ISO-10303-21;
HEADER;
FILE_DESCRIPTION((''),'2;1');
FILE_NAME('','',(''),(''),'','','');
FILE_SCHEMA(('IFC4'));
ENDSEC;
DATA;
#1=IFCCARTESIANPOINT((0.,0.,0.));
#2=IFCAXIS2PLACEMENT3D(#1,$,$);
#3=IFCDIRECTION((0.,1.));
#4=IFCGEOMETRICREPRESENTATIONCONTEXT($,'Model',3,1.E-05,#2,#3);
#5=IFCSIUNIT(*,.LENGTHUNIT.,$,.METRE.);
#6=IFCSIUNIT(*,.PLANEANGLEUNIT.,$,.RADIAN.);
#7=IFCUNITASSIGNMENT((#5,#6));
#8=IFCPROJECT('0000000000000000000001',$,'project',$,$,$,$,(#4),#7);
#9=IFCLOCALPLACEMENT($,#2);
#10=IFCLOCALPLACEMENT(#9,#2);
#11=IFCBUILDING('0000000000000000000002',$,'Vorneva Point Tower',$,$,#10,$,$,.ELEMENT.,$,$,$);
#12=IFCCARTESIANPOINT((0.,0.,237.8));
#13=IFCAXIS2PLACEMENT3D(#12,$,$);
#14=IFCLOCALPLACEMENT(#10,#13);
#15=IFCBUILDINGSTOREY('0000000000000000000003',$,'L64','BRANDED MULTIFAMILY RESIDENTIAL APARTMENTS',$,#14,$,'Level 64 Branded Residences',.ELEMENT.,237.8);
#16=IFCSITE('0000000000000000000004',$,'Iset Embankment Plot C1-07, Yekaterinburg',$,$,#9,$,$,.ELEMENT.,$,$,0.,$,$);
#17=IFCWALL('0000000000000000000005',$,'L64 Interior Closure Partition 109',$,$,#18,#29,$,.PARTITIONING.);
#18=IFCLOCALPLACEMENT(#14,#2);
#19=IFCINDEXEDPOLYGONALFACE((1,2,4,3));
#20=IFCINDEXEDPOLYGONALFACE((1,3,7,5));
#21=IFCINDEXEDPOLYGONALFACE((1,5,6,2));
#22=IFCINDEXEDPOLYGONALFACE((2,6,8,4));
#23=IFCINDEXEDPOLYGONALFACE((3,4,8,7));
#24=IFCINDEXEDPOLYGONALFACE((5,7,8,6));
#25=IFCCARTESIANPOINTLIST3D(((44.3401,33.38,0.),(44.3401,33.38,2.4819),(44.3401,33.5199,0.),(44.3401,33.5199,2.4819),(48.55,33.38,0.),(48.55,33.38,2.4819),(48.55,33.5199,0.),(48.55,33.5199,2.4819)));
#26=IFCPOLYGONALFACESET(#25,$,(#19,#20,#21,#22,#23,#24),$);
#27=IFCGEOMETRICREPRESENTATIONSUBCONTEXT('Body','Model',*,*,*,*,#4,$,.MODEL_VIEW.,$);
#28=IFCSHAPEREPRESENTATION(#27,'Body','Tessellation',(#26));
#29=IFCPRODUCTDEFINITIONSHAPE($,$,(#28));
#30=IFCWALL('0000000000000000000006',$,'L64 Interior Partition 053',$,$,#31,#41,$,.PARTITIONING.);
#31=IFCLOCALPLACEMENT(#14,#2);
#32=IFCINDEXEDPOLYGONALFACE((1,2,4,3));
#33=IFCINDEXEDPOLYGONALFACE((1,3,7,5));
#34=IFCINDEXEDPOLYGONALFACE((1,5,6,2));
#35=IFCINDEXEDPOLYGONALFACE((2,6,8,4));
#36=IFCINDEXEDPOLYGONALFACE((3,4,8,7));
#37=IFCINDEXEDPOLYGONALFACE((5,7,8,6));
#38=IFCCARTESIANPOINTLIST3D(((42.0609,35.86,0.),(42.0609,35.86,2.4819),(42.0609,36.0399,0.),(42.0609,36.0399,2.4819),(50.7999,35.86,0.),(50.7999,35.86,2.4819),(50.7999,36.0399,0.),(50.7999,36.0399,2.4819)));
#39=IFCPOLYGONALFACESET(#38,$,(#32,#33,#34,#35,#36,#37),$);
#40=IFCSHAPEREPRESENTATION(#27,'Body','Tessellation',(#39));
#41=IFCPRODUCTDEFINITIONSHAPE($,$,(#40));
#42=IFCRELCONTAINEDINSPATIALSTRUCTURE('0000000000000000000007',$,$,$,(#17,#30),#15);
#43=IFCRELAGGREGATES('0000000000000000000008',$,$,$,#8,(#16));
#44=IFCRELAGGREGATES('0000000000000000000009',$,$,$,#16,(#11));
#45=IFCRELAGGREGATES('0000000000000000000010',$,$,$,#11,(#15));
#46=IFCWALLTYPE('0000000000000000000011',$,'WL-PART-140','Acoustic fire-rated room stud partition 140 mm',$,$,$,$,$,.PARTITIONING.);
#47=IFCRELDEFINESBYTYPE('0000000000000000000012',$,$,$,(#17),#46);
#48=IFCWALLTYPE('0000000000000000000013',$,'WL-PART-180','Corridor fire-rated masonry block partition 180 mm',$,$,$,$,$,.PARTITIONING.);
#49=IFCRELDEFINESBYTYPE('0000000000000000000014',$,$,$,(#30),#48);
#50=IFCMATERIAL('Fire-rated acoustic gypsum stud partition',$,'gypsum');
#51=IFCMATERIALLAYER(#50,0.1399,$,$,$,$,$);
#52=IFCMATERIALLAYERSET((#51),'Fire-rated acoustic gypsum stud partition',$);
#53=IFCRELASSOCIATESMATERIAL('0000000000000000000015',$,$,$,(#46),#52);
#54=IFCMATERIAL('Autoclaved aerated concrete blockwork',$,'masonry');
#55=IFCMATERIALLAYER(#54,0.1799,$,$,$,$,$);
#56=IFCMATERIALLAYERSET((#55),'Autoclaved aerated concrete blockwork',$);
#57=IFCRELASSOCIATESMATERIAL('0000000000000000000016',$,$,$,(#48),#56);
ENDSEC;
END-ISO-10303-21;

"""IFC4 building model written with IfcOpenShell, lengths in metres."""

from ifc_helpers import new_model, si_unit, direction, frame, frame_2d, origin, place, context, subcontext, project, spatial, rectangle, extrude, material, layer, layer_set, type_object, element, save


model = new_model("IFC4")

# Units and contexts
model_context = context("Model", 3, precision=1e-05, world=origin(), true_north=direction((0.0, 1.0)))
body_context = subcontext(model_context, "Body", "Model", "MODEL_VIEW")
ifc_project = project(units=[si_unit("LENGTHUNIT", "METRE"), si_unit("PLANEANGLEUNIT", "RADIAN")], contexts=[model_context])

# Site, building, storey
site_placement = place(None, origin())
site = spatial("IfcSite", under=ifc_project, at=site_placement, Name="Iset Embankment Plot C1-07, Yekaterinburg", CompositionType="ELEMENT", RefElevation=0.0)
building_placement = place(site_placement, origin())
building = spatial("IfcBuilding", under=site, at=building_placement, Name="Vorneva Point Tower", CompositionType="ELEMENT")
storey_placement = place(building_placement, frame((0.0, 0.0, 237.8)))
storey = spatial("IfcBuildingStorey", under=building, at=storey_placement, Name="L64", Description="BRANDED MULTIFAMILY RESIDENTIAL APARTMENTS", LongName="Level 64 Branded Residences", CompositionType="ELEMENT", Elevation=237.8)

# Walls
ifc_material_1 = material(Name="Fire-rated acoustic gypsum stud partition", Category="gypsum")
ifc_layer_1 = layer(ifc_material_1, 0.1399)
ifc_layer_set_1 = layer_set([ifc_layer_1], Name="Fire-rated acoustic gypsum stud partition")
wall_type_1 = type_object("IfcWallType", Name="WL-PART-140", Description="Acoustic fire-rated room stud partition 140 mm", PredefinedType="PARTITIONING", material=ifc_layer_set_1)
wall_1_placement = place(storey_placement, frame((48.55, 33.45, 0.0), z_axis=(0.0, 0.0, 1.0), x_axis=(-1.0, 0.0, 0.0)))
element("IfcWall", 1, at=wall_1_placement, inside=storey, type_object=wall_type_1, Name="L64 Interior Closure Partition 109", PredefinedType="PARTITIONING", context=body_context, shape_type="SweptSolid", body=[
    extrude(rectangle(XDim=4.21, YDim=0.1399, at=frame_2d((2.105, 0.0))), origin(), (0.0, 0.0, 1.0), 2.4819),
])
ifc_material_2 = material(Name="Autoclaved aerated concrete blockwork", Category="masonry")
ifc_layer_2 = layer(ifc_material_2, 0.1799)
ifc_layer_set_2 = layer_set([ifc_layer_2], Name="Autoclaved aerated concrete blockwork")
wall_type_2 = type_object("IfcWallType", Name="WL-PART-180", Description="Corridor fire-rated masonry block partition 180 mm", PredefinedType="PARTITIONING", material=ifc_layer_set_2)
wall_2_placement = place(storey_placement, frame((50.8, 35.95, 0.0), z_axis=(0.0, 0.0, 1.0), x_axis=(-1.0, 0.0, 0.0)))
element("IfcWall", 2, at=wall_2_placement, inside=storey, type_object=wall_type_2, Name="L64 Interior Partition 053", PredefinedType="PARTITIONING", context=body_context, shape_type="SweptSolid", body=[
    extrude(rectangle(XDim=8.739, YDim=0.1799, at=frame_2d((4.3696, 0.0))), origin(), (0.0, 0.0, 1.0), 2.4819),
])

save(model, "model.ifc")
